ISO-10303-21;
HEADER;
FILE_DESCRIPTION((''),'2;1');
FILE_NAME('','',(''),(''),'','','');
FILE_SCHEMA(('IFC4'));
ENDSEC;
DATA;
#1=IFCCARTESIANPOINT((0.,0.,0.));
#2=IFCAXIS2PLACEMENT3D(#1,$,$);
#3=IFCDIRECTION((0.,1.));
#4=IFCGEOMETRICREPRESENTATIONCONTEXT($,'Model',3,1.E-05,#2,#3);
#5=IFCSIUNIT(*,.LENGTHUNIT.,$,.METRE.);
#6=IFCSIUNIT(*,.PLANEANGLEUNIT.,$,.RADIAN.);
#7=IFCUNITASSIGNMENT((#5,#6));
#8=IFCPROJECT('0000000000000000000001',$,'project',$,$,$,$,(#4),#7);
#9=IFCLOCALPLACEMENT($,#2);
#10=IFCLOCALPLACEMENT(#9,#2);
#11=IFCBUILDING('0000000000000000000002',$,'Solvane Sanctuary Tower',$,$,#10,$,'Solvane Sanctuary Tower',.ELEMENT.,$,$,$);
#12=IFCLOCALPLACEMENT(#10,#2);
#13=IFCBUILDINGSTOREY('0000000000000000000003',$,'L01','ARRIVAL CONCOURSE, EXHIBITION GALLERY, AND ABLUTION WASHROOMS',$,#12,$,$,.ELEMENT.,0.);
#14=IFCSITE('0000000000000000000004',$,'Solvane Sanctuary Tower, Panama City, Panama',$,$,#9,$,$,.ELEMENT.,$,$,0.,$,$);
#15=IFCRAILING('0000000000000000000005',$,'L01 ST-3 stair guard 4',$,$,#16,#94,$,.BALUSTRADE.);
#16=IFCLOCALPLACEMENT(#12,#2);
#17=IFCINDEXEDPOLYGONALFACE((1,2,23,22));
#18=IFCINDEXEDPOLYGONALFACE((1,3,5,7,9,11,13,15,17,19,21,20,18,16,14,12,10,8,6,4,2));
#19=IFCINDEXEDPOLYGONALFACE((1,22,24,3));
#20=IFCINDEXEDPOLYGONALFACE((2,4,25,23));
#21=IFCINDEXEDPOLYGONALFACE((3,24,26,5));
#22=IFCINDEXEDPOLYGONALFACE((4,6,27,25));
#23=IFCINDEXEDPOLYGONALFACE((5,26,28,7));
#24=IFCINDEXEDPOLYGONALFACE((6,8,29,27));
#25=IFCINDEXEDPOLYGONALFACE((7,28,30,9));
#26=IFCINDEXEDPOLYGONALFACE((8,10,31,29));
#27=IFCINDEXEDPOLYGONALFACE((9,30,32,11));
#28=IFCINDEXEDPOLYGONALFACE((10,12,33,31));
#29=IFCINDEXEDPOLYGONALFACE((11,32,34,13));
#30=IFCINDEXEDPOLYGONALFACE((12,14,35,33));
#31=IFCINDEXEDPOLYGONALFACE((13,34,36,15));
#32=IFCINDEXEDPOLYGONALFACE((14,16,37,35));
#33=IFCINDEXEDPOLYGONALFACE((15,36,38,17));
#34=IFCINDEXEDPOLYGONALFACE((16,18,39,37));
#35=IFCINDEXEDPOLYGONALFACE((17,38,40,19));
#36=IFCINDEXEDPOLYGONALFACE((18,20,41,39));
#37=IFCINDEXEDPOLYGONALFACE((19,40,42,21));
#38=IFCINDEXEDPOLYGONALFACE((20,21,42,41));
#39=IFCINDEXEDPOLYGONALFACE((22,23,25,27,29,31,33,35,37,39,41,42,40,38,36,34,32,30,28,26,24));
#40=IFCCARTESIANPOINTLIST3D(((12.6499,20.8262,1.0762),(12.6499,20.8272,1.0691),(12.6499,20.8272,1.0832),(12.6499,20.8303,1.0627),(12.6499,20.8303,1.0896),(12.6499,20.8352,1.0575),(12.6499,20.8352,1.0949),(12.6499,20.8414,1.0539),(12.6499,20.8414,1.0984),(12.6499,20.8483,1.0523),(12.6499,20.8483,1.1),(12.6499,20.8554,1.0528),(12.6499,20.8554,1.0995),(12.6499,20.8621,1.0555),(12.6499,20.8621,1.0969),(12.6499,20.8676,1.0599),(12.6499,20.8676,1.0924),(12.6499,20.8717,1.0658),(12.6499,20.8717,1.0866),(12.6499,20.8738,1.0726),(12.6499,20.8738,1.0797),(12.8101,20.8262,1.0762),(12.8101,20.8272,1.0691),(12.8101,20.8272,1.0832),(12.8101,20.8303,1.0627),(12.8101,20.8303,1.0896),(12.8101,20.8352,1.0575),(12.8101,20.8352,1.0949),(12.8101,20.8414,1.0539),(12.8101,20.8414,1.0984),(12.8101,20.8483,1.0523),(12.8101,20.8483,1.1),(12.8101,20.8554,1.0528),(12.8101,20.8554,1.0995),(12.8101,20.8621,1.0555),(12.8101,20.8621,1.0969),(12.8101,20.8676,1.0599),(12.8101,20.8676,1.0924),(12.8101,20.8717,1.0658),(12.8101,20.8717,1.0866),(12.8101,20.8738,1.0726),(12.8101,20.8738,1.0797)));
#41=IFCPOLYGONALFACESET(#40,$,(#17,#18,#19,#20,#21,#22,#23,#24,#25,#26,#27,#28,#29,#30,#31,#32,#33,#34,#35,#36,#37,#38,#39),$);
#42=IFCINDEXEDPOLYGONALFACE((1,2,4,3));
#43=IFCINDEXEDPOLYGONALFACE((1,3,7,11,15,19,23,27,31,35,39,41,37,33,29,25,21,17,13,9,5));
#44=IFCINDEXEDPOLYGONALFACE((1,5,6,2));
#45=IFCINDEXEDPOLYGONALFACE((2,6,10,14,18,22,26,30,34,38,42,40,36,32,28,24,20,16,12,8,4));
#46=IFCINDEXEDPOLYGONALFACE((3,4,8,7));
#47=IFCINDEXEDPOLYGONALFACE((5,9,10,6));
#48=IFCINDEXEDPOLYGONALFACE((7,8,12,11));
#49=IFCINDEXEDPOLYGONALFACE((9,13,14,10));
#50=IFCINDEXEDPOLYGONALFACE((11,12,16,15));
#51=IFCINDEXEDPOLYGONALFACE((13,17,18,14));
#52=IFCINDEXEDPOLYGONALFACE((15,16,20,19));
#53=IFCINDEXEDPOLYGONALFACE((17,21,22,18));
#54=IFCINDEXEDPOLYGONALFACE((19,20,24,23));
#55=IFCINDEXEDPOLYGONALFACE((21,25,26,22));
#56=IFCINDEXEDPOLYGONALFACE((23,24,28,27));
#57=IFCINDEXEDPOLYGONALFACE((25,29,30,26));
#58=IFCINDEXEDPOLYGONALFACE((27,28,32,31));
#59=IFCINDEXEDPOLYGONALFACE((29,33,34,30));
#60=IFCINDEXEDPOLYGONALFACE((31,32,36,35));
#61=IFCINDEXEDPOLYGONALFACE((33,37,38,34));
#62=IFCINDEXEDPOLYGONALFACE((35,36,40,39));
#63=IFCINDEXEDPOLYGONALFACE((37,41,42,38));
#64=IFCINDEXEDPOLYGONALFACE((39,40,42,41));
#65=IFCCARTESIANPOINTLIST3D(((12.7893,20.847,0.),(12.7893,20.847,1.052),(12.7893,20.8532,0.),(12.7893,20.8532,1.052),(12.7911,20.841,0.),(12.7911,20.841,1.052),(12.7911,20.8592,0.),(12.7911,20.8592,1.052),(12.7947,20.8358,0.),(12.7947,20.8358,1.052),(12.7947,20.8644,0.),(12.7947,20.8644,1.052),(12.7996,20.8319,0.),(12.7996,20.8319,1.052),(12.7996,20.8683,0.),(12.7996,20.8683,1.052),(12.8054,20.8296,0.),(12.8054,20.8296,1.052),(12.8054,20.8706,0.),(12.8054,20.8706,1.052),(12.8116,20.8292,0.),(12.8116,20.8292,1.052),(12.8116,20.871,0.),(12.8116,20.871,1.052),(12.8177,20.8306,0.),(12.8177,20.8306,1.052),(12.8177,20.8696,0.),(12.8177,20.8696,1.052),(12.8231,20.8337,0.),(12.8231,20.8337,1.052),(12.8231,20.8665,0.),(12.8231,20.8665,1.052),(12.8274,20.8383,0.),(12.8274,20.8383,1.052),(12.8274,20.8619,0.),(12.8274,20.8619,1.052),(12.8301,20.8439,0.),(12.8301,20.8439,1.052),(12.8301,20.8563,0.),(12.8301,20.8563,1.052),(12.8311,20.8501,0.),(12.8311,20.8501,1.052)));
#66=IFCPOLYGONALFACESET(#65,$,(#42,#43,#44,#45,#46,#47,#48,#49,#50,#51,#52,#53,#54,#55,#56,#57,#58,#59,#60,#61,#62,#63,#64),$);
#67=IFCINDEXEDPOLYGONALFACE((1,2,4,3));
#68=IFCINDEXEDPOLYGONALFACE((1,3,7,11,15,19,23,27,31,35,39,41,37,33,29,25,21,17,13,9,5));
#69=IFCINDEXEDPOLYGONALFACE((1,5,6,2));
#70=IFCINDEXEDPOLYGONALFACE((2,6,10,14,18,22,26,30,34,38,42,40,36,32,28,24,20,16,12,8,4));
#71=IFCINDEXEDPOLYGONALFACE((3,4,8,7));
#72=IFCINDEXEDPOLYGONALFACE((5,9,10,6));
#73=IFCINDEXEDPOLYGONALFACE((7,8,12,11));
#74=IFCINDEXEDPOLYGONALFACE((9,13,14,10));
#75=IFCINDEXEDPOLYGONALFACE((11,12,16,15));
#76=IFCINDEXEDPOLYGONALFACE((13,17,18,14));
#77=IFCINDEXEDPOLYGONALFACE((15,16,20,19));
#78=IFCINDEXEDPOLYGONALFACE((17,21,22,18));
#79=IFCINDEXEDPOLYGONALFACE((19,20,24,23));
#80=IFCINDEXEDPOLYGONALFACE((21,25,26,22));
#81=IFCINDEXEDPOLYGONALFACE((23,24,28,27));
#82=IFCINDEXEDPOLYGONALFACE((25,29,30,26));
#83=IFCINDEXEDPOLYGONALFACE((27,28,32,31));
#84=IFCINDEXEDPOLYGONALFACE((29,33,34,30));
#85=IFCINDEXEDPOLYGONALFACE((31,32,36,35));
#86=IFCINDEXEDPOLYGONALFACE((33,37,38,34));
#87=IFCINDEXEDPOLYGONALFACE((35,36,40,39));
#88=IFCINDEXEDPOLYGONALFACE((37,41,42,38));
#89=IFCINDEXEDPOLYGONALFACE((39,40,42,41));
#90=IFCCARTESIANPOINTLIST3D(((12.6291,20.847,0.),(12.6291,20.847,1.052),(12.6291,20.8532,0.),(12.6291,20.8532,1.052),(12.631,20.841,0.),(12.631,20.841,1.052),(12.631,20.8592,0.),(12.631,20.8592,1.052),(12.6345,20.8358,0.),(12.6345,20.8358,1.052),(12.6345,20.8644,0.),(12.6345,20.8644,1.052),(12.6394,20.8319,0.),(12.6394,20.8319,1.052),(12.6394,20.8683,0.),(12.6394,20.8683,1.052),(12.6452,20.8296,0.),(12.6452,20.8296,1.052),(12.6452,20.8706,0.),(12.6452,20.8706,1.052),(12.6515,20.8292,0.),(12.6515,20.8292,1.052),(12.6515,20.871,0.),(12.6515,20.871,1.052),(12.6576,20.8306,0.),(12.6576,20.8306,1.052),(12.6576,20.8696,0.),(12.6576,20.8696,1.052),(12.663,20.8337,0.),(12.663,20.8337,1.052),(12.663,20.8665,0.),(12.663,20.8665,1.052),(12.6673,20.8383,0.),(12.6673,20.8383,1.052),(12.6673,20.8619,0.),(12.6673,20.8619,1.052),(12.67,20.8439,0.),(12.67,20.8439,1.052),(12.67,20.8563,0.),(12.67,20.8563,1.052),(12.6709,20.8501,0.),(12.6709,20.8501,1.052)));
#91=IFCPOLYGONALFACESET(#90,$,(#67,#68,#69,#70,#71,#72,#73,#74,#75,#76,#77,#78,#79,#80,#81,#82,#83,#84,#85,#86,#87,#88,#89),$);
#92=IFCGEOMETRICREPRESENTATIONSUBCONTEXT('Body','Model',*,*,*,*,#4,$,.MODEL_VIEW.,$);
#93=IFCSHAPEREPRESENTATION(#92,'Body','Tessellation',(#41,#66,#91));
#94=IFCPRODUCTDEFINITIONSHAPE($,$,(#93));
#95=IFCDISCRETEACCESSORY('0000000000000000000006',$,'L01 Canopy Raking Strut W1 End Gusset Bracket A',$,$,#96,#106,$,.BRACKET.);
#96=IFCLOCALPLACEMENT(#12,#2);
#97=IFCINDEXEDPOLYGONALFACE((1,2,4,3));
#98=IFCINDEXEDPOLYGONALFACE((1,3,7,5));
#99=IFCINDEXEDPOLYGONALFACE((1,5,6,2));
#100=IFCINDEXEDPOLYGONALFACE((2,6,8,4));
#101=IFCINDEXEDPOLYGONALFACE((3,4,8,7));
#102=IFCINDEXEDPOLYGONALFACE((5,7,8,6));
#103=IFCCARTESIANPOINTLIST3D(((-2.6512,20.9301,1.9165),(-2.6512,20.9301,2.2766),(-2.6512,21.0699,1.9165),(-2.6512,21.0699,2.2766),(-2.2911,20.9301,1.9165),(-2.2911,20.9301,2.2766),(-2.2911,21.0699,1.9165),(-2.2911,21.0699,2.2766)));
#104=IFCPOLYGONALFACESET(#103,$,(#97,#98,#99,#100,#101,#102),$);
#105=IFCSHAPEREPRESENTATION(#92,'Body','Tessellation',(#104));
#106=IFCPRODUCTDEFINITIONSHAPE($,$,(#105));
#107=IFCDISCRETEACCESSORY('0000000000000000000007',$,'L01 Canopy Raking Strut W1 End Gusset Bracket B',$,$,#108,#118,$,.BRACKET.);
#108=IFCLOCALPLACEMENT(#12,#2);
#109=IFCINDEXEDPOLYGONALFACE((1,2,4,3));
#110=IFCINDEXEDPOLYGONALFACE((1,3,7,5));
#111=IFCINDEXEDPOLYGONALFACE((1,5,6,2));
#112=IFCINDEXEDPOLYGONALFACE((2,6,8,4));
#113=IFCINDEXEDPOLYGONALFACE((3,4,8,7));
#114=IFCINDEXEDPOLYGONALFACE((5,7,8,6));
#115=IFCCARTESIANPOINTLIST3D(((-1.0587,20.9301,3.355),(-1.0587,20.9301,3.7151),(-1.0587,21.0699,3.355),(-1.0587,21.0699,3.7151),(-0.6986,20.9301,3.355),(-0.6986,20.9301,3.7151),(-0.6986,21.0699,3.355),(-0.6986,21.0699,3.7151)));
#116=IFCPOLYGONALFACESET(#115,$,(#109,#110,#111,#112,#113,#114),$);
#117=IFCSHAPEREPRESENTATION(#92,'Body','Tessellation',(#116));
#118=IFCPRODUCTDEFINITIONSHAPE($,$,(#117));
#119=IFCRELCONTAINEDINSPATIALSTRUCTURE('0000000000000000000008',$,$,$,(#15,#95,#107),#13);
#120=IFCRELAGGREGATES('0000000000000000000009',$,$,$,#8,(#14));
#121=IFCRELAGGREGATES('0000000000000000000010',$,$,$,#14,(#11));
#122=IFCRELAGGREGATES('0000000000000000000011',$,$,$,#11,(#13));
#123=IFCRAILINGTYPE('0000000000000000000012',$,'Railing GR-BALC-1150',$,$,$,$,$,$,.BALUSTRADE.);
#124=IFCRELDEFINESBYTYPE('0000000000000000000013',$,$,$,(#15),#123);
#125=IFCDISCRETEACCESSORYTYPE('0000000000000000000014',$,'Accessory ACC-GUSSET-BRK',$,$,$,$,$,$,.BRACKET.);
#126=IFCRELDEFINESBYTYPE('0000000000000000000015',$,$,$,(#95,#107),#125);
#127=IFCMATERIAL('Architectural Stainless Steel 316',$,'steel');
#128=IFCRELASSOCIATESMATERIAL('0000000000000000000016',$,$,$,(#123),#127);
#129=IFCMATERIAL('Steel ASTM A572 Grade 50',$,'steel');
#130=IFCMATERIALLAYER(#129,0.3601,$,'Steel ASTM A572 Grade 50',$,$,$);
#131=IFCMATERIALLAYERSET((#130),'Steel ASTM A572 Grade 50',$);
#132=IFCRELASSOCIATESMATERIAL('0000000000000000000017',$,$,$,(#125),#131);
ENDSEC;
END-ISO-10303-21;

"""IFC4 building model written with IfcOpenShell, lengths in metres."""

from ifc_helpers import new_model, si_unit, direction, frame, origin, origin_2d, place, context, subcontext, project, spatial, rectangle, circle, extrude, material, layer, layer_set, type_object, element, save


model = new_model("IFC4")

# Units and contexts
model_context = context("Model", 3, precision=1e-05, world=origin(), true_north=direction((0.0, 1.0)))
body_context = subcontext(model_context, "Body", "Model", "MODEL_VIEW")
ifc_project = project(units=[si_unit("LENGTHUNIT", "METRE"), si_unit("PLANEANGLEUNIT", "RADIAN")], contexts=[model_context])

# Site, building, storey
site_placement = place(None, origin())
site = spatial("IfcSite", under=ifc_project, at=site_placement, Name="Solvane Sanctuary Tower, Panama City, Panama", CompositionType="ELEMENT", RefElevation=0.0)
building_placement = place(site_placement, origin())
building = spatial("IfcBuilding", under=site, at=building_placement, Name="Solvane Sanctuary Tower", LongName="Solvane Sanctuary Tower", CompositionType="ELEMENT")
storey_placement = place(building_placement, origin())
storey = spatial("IfcBuildingStorey", under=building, at=storey_placement, Name="L01", Description="ARRIVAL CONCOURSE, EXHIBITION GALLERY, AND ABLUTION WASHROOMS", CompositionType="ELEMENT", Elevation=0.0)

# Shared definitions
ifc_material_1 = material(Name="Architectural Stainless Steel 316", Category="steel")

# Railing
railing_type = type_object("IfcRailingType", Name="Railing GR-BALC-1150", PredefinedType="BALUSTRADE", material=ifc_material_1)
railing_1_placement = place(storey_placement, frame((12.8101, 20.8501, 0.0)))
element("IfcRailing", 1, at=railing_1_placement, inside=storey, type_object=railing_type, Name="L01 ST-3 stair guard 4", PredefinedType="BALUSTRADE", context=body_context, shape_type="SweptSolid", body=[
    extrude(circle(Radius=0.0239, at=origin_2d()), frame((0.0, 0.0, 1.0762), z_axis=(-1.0, 0.0, 0.0), x_axis=(0.0, -1.0, 0.0)), (0.0, 0.0, 1.0), 0.1602),
    extrude(circle(Radius=0.021, at=origin_2d()), origin(), (0.0, 0.0, 1.0), 1.052),
    extrude(circle(Radius=0.021, at=origin_2d()), frame((-0.1602, 0.0, 0.0)), (0.0, 0.0, 1.0), 1.052),
])

# Discrete accessories
ifc_material_2 = material(Name="Steel ASTM A572 Grade 50", Category="steel")
ifc_layer_1 = layer(ifc_material_2, 0.3601, Name="Steel ASTM A572 Grade 50")
ifc_layer_set_1 = layer_set([ifc_layer_1], Name="Steel ASTM A572 Grade 50")
discrete_accessory_type = type_object("IfcDiscreteAccessoryType", Name="Accessory ACC-GUSSET-BRK", PredefinedType="BRACKET", material=ifc_layer_set_1)
for number, where, z_axis, x_axis, name in (
    (2, (-2.4712, 21.0, 1.9165), (0.0, 0.0, 1.0), (1.0, 0.0, 0.0), "L01 Canopy Raking Strut W1 End Gusset Bracket A"),
    (3, (-0.8787, 21.0, 3.355), (0.0, 0.0, 1.0), (1.0, 0.0, 0.0), "L01 Canopy Raking Strut W1 End Gusset Bracket B"),
):
    element("IfcDiscreteAccessory", number, at=place(storey_placement, frame(where, z_axis=z_axis, x_axis=x_axis)), inside=storey, type_object=discrete_accessory_type, Name=name, PredefinedType="BRACKET", context=body_context, shape_type="SweptSolid", body=[
        extrude(rectangle(XDim=0.3601, YDim=0.1399, at=origin_2d()), origin(), (0.0, 0.0, 1.0), 0.3601),
    ])

save(model, "model.ifc")
